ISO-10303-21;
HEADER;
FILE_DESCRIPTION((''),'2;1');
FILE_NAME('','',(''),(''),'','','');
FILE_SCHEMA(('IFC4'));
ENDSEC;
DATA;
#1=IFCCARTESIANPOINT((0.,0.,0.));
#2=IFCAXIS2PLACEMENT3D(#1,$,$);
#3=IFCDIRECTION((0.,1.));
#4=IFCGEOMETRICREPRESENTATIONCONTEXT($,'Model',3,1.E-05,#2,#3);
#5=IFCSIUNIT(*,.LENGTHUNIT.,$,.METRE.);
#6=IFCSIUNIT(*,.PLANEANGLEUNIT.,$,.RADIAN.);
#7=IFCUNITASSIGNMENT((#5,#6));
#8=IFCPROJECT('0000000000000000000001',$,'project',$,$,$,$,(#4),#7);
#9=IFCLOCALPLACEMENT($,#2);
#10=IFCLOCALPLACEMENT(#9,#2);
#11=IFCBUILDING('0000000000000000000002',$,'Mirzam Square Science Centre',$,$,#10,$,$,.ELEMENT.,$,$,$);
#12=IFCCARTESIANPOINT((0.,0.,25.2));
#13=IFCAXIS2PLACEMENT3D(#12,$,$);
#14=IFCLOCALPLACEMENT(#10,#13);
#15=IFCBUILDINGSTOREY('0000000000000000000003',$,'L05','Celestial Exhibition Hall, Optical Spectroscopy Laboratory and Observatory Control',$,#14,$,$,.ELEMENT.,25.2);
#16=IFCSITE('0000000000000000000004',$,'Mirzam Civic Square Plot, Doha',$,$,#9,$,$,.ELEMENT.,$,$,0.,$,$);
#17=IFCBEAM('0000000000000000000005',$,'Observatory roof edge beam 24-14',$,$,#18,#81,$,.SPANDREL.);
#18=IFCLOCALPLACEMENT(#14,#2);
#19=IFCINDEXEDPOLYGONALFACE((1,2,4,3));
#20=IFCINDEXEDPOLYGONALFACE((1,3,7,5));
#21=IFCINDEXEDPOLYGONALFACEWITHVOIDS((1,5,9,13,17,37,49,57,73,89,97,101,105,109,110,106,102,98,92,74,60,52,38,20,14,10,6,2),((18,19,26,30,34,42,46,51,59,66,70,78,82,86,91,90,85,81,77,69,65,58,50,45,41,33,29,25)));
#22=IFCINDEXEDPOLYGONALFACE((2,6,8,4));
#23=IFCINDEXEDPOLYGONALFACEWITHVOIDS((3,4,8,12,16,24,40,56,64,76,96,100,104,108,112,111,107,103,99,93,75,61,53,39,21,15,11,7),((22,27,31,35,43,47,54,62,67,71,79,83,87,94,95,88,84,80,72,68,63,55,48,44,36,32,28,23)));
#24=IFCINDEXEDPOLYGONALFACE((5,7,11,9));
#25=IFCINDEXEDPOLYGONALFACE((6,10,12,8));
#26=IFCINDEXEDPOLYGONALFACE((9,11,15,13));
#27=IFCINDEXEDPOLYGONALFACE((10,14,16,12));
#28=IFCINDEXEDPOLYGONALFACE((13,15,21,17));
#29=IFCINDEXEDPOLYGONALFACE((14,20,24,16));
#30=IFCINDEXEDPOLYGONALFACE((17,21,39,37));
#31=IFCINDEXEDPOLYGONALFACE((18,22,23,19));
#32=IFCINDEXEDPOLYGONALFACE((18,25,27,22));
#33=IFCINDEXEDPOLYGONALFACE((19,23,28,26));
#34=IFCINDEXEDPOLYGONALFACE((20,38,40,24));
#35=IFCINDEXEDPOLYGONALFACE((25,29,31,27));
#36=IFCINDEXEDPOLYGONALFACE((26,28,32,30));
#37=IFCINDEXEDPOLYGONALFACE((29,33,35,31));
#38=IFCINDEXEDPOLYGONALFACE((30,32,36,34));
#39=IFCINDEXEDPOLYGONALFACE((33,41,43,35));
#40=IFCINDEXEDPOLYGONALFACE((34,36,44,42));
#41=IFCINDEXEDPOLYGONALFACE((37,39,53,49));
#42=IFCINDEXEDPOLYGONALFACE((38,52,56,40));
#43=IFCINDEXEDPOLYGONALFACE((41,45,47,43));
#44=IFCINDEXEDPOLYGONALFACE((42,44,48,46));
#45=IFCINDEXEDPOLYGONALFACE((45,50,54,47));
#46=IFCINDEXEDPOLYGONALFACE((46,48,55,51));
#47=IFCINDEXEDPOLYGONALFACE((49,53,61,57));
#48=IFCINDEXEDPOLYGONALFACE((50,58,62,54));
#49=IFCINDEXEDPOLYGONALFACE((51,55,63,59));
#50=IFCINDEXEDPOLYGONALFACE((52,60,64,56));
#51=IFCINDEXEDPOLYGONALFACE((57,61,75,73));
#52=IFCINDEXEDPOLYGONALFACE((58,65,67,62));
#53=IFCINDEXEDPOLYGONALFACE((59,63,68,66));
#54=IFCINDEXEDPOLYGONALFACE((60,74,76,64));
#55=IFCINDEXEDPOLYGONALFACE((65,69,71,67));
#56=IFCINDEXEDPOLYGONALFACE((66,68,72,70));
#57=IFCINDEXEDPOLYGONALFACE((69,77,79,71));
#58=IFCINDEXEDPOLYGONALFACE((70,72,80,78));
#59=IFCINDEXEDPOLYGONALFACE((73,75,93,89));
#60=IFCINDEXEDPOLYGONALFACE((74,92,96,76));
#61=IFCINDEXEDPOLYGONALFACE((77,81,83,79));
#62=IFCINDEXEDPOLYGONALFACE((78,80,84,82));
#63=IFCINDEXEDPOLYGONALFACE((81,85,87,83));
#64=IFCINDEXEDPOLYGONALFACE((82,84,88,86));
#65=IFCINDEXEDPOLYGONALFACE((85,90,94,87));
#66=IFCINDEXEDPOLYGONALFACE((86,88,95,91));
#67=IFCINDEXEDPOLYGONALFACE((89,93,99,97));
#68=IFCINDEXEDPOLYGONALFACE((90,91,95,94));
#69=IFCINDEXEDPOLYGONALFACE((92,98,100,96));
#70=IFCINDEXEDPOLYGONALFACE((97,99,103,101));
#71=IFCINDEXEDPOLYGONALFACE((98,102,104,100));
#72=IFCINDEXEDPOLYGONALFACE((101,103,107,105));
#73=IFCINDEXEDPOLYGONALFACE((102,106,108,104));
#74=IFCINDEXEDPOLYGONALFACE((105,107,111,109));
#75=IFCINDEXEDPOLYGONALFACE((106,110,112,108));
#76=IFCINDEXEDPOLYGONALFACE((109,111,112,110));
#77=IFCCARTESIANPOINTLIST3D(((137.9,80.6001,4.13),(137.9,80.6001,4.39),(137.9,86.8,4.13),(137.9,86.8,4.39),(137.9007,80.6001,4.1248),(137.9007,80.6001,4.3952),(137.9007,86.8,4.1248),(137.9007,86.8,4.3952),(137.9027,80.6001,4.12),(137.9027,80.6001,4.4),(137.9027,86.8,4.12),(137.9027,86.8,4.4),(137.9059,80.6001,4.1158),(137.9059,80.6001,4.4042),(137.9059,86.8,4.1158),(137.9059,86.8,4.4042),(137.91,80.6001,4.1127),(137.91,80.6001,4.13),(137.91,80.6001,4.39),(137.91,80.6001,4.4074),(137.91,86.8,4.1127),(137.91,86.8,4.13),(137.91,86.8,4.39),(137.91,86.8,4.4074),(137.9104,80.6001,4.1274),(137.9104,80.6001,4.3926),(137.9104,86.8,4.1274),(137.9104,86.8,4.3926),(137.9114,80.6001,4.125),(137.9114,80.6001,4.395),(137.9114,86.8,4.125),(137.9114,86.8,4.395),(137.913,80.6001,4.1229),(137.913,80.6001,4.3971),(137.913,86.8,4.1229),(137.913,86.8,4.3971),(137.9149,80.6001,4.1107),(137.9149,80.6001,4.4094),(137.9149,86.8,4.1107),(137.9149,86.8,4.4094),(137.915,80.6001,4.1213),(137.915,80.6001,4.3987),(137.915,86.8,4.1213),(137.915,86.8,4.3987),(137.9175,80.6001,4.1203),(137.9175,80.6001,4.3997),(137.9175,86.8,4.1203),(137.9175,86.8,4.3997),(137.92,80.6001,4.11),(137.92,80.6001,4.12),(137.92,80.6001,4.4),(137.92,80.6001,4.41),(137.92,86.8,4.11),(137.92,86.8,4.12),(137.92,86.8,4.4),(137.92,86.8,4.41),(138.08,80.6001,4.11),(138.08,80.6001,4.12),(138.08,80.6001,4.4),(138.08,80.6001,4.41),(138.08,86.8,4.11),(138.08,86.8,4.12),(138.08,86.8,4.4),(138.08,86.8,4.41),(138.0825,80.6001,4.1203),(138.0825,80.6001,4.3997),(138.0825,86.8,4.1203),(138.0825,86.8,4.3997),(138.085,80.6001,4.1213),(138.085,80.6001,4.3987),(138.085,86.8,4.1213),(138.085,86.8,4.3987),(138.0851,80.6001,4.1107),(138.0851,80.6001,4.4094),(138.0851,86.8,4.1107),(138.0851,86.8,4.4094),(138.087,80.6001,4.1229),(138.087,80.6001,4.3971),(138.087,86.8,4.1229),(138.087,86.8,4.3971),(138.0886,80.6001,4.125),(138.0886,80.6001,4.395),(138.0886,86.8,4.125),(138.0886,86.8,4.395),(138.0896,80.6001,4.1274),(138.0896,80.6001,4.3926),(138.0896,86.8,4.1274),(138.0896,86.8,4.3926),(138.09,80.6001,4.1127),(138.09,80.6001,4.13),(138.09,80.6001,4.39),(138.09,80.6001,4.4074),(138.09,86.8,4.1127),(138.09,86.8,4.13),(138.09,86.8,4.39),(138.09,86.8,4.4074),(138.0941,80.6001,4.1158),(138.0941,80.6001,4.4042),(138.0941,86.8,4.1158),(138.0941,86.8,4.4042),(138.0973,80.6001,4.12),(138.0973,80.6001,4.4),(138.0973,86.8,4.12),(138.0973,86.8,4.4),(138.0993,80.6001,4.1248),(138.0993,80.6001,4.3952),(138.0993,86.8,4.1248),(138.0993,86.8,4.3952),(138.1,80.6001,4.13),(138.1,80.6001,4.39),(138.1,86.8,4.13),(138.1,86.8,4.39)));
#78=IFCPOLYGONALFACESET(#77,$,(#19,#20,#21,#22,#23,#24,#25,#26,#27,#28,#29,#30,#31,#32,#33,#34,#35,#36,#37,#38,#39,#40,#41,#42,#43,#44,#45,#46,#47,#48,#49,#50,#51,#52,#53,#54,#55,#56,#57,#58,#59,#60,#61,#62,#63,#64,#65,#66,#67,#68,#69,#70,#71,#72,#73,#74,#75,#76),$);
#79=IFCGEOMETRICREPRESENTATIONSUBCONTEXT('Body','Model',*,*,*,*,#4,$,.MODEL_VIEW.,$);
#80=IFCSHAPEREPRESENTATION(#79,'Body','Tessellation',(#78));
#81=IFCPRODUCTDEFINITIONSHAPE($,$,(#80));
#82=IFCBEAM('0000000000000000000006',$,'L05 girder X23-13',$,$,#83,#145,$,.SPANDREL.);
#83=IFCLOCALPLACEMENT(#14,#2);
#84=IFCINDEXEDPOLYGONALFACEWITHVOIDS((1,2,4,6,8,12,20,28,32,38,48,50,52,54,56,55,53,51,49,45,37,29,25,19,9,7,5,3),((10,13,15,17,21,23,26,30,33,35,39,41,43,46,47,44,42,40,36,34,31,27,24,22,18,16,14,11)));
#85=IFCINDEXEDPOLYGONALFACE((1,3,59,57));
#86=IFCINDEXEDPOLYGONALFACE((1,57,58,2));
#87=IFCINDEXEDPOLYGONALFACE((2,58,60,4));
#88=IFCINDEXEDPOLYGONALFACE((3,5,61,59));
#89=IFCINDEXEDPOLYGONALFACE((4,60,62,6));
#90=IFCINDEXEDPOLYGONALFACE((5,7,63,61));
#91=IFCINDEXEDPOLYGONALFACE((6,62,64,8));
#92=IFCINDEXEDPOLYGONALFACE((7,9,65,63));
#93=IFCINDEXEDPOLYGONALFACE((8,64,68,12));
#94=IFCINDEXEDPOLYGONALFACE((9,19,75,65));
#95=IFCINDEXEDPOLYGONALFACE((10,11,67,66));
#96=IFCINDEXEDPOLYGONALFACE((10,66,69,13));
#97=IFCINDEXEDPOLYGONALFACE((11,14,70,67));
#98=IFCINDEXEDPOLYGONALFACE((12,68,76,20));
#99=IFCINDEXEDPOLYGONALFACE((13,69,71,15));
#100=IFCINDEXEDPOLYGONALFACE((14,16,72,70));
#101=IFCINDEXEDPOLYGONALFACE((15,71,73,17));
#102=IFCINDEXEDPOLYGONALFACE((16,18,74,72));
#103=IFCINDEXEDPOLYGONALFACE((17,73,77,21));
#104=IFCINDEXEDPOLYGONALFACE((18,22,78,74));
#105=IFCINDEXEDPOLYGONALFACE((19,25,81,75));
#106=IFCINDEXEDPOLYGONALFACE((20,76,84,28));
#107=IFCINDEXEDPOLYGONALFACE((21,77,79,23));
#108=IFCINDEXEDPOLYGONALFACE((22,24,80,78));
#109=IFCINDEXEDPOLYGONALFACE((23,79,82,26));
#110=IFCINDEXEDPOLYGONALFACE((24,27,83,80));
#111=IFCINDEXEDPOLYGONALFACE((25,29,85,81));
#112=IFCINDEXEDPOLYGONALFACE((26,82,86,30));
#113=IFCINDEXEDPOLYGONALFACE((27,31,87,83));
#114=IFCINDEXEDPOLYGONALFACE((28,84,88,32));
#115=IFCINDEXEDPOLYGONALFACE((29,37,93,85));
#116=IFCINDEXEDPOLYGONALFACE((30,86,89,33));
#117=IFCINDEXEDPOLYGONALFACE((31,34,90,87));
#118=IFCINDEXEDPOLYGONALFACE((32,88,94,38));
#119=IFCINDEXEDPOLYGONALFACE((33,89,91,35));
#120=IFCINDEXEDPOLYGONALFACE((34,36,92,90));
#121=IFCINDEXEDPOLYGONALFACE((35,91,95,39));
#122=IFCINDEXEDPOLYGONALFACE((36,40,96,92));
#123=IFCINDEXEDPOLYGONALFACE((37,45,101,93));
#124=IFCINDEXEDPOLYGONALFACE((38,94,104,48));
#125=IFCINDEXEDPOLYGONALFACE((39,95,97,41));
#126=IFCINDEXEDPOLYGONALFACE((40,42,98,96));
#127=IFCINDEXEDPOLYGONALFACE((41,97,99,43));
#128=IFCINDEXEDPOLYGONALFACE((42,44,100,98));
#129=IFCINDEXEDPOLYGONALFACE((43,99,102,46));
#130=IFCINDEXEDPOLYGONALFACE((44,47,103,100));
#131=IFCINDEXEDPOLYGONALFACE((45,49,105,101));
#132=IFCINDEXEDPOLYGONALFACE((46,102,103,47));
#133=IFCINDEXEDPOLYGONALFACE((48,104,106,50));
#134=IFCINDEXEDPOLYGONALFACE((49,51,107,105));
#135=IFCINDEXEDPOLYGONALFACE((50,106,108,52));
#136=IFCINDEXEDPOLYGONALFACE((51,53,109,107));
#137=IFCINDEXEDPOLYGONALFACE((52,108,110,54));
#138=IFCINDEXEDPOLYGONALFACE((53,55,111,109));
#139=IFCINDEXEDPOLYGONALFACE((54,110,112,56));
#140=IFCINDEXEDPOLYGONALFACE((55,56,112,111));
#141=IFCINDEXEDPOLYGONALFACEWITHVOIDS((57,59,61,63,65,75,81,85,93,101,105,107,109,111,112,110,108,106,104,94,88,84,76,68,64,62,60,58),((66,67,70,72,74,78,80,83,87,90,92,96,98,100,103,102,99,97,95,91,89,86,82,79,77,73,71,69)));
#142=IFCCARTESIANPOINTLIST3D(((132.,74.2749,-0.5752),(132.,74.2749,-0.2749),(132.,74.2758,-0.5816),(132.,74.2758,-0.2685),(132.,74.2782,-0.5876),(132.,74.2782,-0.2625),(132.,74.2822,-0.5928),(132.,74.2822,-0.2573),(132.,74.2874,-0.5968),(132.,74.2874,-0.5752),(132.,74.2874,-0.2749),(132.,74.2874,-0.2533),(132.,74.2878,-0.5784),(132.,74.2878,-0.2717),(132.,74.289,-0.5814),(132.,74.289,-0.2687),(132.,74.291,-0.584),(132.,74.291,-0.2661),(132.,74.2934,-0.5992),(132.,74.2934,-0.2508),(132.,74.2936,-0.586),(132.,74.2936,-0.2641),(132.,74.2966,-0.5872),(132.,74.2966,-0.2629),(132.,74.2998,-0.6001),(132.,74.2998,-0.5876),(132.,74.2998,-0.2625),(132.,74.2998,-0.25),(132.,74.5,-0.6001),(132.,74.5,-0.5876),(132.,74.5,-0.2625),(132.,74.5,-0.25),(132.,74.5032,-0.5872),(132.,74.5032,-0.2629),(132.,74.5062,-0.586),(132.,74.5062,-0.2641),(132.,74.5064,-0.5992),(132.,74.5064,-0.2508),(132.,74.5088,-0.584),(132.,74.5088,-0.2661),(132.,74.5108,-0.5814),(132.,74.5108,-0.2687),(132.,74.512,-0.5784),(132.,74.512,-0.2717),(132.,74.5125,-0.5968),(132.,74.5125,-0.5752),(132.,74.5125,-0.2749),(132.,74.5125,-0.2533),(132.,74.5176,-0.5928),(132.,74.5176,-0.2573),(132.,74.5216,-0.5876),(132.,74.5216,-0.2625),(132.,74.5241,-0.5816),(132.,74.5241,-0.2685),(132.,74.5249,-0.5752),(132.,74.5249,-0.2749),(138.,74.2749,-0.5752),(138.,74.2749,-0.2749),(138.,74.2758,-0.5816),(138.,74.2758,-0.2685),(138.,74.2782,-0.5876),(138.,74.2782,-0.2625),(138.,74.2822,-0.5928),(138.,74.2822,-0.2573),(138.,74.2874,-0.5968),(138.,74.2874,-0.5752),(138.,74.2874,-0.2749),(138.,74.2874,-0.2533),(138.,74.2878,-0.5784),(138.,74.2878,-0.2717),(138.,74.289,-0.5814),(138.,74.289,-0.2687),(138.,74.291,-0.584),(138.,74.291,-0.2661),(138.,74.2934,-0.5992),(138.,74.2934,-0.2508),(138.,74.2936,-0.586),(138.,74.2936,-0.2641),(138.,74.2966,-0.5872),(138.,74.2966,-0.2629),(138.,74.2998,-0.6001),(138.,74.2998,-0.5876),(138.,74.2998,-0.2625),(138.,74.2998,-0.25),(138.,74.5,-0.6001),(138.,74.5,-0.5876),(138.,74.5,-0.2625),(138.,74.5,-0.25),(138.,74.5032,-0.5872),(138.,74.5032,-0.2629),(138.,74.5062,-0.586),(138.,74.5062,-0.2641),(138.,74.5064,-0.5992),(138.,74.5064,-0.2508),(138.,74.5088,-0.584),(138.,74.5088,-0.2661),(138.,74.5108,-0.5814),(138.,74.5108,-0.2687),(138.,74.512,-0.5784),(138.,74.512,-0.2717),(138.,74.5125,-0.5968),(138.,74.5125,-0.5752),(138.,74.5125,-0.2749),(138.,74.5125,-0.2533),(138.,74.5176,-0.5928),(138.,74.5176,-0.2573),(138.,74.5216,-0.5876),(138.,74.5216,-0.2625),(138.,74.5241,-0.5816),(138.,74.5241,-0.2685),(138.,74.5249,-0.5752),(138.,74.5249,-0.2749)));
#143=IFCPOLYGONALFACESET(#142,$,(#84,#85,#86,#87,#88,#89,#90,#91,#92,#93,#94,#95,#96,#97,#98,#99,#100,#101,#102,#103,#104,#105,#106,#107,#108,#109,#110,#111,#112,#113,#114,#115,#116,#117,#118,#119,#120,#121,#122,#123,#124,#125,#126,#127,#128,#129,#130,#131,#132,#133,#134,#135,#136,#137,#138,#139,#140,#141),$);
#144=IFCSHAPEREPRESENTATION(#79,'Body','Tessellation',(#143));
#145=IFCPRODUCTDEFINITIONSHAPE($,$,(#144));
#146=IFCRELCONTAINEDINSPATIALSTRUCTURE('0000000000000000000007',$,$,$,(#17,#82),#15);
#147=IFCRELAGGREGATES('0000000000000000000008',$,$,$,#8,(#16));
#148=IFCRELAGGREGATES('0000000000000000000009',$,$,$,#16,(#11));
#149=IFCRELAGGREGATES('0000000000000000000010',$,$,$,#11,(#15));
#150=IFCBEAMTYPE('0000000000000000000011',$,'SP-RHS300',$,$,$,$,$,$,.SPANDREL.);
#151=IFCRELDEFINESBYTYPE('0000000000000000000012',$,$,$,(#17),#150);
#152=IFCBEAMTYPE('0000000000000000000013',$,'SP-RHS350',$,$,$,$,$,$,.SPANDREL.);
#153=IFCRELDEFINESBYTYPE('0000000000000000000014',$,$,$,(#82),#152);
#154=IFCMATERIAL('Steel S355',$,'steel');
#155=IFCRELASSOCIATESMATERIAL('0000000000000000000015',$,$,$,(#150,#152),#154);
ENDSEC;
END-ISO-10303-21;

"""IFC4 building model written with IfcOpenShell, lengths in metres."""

from ifc_helpers import new_model, si_unit, direction, frame, origin, origin_2d, place, context, subcontext, project, spatial, hollow_rectangle, extrude, material, material_profile, profile_set, type_object, element, save


model = new_model("IFC4")

# Units and contexts
model_context = context("Model", 3, precision=1e-05, world=origin(), true_north=direction((0.0, 1.0)))
body_context = subcontext(model_context, "Body", "Model", "MODEL_VIEW")
ifc_project = project(units=[si_unit("LENGTHUNIT", "METRE"), si_unit("PLANEANGLEUNIT", "RADIAN")], contexts=[model_context])

# Site, building, storey
site_placement = place(None, origin())
site = spatial("IfcSite", under=ifc_project, at=site_placement, Name="Mirzam Civic Square Plot, Doha", CompositionType="ELEMENT", RefElevation=0.0)
building_placement = place(site_placement, origin())
building = spatial("IfcBuilding", under=site, at=building_placement, Name="Mirzam Square Science Centre", CompositionType="ELEMENT")
storey_placement = place(building_placement, frame((0.0, 0.0, 25.2)))
storey = spatial("IfcBuildingStorey", under=building, at=storey_placement, Name="L05", Description="Celestial Exhibition Hall, Optical Spectroscopy Laboratory and Observatory Control", CompositionType="ELEMENT", Elevation=25.2)

# Shared definitions
ifc_material_1 = material(Name="Steel S355", Category="steel")

# Beams
ifc_material_profile_1 = material_profile(ifc_material_1, hollow_rectangle(XDim=0.2, YDim=0.3, WallThickness=0.01, InnerFilletRadius=0.01, OuterFilletRadius=0.02, at=origin_2d()), Name="300x200x10.0RHS")
ifc_profile_set_1 = profile_set([ifc_material_profile_1], Name="Steel S355")
beam_type_1 = type_object("IfcBeamType", Name="SP-RHS300", PredefinedType="SPANDREL", material=ifc_profile_set_1)
beam_1_placement = place(storey_placement, frame((138.0, 80.6001, 4.26), z_axis=(0.0, 1.0, 0.0), x_axis=(-1.0, 0.0, 0.0)))
element("IfcBeam", 1, at=beam_1_placement, inside=storey, type_object=beam_type_1, Name="Observatory roof edge beam 24-14", PredefinedType="SPANDREL", context=body_context, shape_type="SweptSolid", body=[
    extrude(hollow_rectangle(XDim=0.2, YDim=0.3, WallThickness=0.01, InnerFilletRadius=0.01, OuterFilletRadius=0.02, at=origin_2d()), origin(), (0.0, 0.0, 1.0), 6.2),
])
ifc_material_profile_2 = material_profile(ifc_material_1, hollow_rectangle(XDim=0.25, YDim=0.3501, WallThickness=0.0125, InnerFilletRadius=0.0125, OuterFilletRadius=0.0249, at=origin_2d()), Name="350x250x12.5RHS")
ifc_profile_set_2 = profile_set([ifc_material_profile_2], Name="Steel S355")
beam_type_2 = type_object("IfcBeamType", Name="SP-RHS350", PredefinedType="SPANDREL", material=ifc_profile_set_2)
beam_2_placement = place(storey_placement, frame((132.0, 74.3999, -0.425), z_axis=(1.0, 0.0, 0.0), x_axis=(0.0, 1.0, 0.0)))
element("IfcBeam", 2, at=beam_2_placement, inside=storey, type_object=beam_type_2, Name="L05 girder X23-13", PredefinedType="SPANDREL", context=body_context, shape_type="SweptSolid", body=[
    extrude(hollow_rectangle(XDim=0.25, YDim=0.3501, WallThickness=0.0125, InnerFilletRadius=0.0125, OuterFilletRadius=0.0249, at=origin_2d()), origin(), (0.0, 0.0, 1.0), 6.0),
])

save(model, "model.ifc")
